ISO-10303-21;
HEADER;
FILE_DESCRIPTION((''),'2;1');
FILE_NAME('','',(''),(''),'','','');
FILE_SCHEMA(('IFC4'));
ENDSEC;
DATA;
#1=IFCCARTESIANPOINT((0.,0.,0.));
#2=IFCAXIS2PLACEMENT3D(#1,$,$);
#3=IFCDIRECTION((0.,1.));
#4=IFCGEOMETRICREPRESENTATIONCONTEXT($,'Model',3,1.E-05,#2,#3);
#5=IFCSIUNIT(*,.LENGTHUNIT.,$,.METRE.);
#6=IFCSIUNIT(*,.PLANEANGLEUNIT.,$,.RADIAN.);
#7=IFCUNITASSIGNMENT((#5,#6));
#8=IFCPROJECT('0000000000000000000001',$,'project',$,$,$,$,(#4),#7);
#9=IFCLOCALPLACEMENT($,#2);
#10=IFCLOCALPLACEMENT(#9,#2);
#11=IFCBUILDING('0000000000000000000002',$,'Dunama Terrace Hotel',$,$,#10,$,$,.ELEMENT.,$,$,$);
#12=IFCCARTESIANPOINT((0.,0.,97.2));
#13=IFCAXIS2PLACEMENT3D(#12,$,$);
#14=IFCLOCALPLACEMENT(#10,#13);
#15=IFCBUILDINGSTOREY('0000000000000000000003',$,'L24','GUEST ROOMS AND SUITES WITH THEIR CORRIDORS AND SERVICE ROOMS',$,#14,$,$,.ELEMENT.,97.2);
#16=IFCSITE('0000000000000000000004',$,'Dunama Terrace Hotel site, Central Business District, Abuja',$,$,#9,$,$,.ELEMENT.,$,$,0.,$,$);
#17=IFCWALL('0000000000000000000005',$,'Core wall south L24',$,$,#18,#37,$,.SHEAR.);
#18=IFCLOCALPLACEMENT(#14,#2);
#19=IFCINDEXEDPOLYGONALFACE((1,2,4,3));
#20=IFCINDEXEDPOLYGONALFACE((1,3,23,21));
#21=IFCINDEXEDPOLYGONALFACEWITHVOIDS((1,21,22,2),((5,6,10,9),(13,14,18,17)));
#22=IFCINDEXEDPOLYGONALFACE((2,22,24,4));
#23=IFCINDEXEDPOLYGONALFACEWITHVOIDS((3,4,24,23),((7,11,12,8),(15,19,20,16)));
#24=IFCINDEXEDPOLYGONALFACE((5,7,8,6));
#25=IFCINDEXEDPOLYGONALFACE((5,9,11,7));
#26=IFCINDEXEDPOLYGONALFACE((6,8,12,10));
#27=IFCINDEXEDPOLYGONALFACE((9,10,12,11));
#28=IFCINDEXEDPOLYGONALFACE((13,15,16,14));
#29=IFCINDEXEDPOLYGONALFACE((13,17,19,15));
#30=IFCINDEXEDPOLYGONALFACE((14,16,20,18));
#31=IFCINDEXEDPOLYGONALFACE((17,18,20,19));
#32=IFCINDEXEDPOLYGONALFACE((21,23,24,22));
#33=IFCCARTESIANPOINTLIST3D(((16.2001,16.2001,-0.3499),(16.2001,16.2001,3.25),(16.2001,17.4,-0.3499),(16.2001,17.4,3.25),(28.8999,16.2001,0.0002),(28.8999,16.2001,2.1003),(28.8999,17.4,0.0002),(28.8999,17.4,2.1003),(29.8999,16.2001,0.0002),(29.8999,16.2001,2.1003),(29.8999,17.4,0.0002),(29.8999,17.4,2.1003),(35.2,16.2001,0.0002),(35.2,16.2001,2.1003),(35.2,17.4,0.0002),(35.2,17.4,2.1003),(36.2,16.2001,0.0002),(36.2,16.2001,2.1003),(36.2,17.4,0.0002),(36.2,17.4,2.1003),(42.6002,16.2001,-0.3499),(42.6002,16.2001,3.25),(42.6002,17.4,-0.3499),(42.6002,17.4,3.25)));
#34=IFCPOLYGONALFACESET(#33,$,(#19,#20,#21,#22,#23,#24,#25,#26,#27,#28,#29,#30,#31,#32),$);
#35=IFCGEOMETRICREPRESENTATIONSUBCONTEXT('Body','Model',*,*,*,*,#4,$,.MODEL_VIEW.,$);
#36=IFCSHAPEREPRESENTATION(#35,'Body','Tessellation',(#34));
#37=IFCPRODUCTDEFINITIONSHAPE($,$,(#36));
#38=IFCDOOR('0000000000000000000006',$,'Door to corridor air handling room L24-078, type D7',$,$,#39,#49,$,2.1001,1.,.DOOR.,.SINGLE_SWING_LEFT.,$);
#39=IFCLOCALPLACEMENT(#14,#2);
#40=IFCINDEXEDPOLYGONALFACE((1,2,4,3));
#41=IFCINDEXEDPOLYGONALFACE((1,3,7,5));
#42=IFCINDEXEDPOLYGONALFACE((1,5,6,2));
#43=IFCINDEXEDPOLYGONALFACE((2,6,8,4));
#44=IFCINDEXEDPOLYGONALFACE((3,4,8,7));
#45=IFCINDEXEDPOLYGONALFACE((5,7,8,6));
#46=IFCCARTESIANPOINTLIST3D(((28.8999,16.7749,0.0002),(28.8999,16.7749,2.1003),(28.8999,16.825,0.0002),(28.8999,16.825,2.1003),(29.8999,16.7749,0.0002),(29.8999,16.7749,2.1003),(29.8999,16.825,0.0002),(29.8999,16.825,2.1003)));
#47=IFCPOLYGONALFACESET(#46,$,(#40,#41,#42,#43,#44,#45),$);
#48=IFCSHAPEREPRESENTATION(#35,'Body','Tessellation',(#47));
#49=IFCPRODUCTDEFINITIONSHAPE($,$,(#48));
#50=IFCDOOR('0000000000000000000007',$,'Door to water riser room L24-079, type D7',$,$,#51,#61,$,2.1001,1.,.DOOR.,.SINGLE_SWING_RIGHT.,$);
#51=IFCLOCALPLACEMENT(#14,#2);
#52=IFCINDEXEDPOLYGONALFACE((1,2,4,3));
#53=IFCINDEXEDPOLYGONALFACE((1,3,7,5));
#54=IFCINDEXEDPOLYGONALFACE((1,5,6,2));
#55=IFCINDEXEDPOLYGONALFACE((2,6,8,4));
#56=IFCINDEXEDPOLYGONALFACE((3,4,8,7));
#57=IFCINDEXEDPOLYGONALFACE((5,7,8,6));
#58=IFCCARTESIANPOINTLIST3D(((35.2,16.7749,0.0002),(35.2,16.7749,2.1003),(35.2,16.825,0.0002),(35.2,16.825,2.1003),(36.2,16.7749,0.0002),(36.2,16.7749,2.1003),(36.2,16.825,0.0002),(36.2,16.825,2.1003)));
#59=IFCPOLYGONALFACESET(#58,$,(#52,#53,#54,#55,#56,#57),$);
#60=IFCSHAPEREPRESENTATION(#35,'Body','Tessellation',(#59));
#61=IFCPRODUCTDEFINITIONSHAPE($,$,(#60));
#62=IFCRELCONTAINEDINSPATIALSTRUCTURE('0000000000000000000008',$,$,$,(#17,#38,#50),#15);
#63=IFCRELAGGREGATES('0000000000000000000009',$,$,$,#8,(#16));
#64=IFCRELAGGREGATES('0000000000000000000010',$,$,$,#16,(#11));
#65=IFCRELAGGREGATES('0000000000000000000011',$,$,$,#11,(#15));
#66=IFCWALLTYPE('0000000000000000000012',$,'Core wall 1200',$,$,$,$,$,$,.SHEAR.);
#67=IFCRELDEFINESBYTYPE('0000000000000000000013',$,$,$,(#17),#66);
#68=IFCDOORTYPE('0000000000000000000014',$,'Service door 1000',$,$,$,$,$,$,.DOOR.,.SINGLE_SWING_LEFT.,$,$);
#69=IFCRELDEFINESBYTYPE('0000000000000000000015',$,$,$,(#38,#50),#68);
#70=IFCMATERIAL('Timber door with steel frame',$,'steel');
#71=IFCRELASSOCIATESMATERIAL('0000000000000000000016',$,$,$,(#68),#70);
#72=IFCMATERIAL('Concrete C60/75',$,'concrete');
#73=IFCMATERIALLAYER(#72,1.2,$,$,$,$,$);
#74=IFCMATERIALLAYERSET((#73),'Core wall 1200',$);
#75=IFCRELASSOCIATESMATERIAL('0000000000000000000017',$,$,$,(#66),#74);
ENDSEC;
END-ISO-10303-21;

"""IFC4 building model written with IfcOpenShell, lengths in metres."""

from ifc_helpers import new_model, si_unit, direction, frame, frame_2d, origin, place, context, subcontext, project, spatial, rectangle, extrude, material, layer, layer_set, type_object, element, fill, save


model = new_model("IFC4")

# Units and contexts
model_context = context("Model", 3, precision=1e-05, world=origin(), true_north=direction((0.0, 1.0)))
body_context = subcontext(model_context, "Body", "Model", "MODEL_VIEW")
ifc_project = project(units=[si_unit("LENGTHUNIT", "METRE"), si_unit("PLANEANGLEUNIT", "RADIAN")], contexts=[model_context])

# Site, building, storey
site_placement = place(None, origin())
site = spatial("IfcSite", under=ifc_project, at=site_placement, Name="Dunama Terrace Hotel site, Central Business District, Abuja", CompositionType="ELEMENT", RefElevation=0.0)
building_placement = place(site_placement, origin())
building = spatial("IfcBuilding", under=site, at=building_placement, Name="Dunama Terrace Hotel", CompositionType="ELEMENT")
storey_placement = place(building_placement, frame((0.0, 0.0, 97.2)))
storey = spatial("IfcBuildingStorey", under=building, at=storey_placement, Name="L24", Description="GUEST ROOMS AND SUITES WITH THEIR CORRIDORS AND SERVICE ROOMS", CompositionType="ELEMENT", Elevation=97.2)

# Shared definitions
ifc_material_1 = material(Name="Timber door with steel frame", Category="steel")
door_type_1 = type_object("IfcDoorType", Name="Service door 1000", OperationType="SINGLE_SWING_LEFT", PredefinedType="DOOR", material=ifc_material_1)

# Wall, openings, doors
ifc_material_2 = material(Name="Concrete C60/75", Category="concrete")
ifc_layer_1 = layer(ifc_material_2, 1.2)
ifc_layer_set_1 = layer_set([ifc_layer_1], Name="Core wall 1200")
wall_type_1 = type_object("IfcWallType", Name="Core wall 1200", PredefinedType="SHEAR", material=ifc_layer_set_1)
wall_1_placement = place(storey_placement, frame((16.2, 16.8, -0.3499), z_axis=(0.0, 0.0, 1.0), x_axis=(1.0, 0.0, 0.0)))
wall_1 = element("IfcWall", 1, at=wall_1_placement, inside=storey, type_object=wall_type_1, Name="Core wall south L24", PredefinedType="SHEAR", context=body_context, shape_type="SweptSolid", body=[
    extrude(rectangle(XDim=26.4001, YDim=1.2, at=frame_2d((13.2002, 0.0))), origin(), (0.0, 0.0, 1.0), 3.5999),
])
opening_1_placement = place(wall_1_placement, frame((12.7, 0.0, 0.3501)))
opening_1 = element("IfcOpeningElement", 2, at=opening_1_placement, cuts=wall_1, PredefinedType="OPENING", context=body_context, shape_type="SweptSolid", body=[
    extrude(rectangle(XDim=1.0, YDim=2.1001, at=frame_2d((0.5, 1.05))), frame((0.0, 0.6099, 0.0), z_axis=(0.0, -1.0, 0.0), x_axis=(1.0, 0.0, 0.0)), (0.0, 0.0, 1.0), 1.22),
])
opening_2_placement = place(wall_1_placement, frame((19.0, 0.0, 0.3501)))
opening_2 = element("IfcOpeningElement", 3, at=opening_2_placement, cuts=wall_1, PredefinedType="OPENING", context=body_context, shape_type="SweptSolid", body=[
    extrude(rectangle(XDim=1.0, YDim=2.1001, at=frame_2d((0.5, 1.05))), frame((0.0, 0.6099, 0.0), z_axis=(0.0, -1.0, 0.0), x_axis=(1.0, 0.0, 0.0)), (0.0, 0.0, 1.0), 1.22),
])
door_1_placement = place(opening_1_placement, origin())
door_1 = element("IfcDoor", 4, at=door_1_placement, inside=storey, type_object=door_type_1, Name="Door to corridor air handling room L24-078, type D7", OperationType="SINGLE_SWING_LEFT", OverallHeight=2.1001, OverallWidth=1.0, PredefinedType="DOOR", context=body_context, shape_type="SweptSolid", body=[
    extrude(rectangle(XDim=1.0, YDim=2.1001, at=frame_2d((0.5, 1.05))), frame((0.0, 0.0249, 0.0), z_axis=(0.0, -1.0, 0.0), x_axis=(1.0, 0.0, 0.0)), (0.0, 0.0, 1.0), 0.05),
])
fill(opening_1, door_1)
door_2_placement = place(opening_2_placement, origin())
door_2 = element("IfcDoor", 5, at=door_2_placement, inside=storey, type_object=door_type_1, Name="Door to water riser room L24-079, type D7", OperationType="SINGLE_SWING_RIGHT", OverallHeight=2.1001, OverallWidth=1.0, PredefinedType="DOOR", context=body_context, shape_type="SweptSolid", body=[
    extrude(rectangle(XDim=1.0, YDim=2.1001, at=frame_2d((0.5, 1.05))), frame((0.0, 0.0249, 0.0), z_axis=(0.0, -1.0, 0.0), x_axis=(1.0, 0.0, 0.0)), (0.0, 0.0, 1.0), 0.05),
])
fill(opening_2, door_2)

save(model, "model.ifc")
